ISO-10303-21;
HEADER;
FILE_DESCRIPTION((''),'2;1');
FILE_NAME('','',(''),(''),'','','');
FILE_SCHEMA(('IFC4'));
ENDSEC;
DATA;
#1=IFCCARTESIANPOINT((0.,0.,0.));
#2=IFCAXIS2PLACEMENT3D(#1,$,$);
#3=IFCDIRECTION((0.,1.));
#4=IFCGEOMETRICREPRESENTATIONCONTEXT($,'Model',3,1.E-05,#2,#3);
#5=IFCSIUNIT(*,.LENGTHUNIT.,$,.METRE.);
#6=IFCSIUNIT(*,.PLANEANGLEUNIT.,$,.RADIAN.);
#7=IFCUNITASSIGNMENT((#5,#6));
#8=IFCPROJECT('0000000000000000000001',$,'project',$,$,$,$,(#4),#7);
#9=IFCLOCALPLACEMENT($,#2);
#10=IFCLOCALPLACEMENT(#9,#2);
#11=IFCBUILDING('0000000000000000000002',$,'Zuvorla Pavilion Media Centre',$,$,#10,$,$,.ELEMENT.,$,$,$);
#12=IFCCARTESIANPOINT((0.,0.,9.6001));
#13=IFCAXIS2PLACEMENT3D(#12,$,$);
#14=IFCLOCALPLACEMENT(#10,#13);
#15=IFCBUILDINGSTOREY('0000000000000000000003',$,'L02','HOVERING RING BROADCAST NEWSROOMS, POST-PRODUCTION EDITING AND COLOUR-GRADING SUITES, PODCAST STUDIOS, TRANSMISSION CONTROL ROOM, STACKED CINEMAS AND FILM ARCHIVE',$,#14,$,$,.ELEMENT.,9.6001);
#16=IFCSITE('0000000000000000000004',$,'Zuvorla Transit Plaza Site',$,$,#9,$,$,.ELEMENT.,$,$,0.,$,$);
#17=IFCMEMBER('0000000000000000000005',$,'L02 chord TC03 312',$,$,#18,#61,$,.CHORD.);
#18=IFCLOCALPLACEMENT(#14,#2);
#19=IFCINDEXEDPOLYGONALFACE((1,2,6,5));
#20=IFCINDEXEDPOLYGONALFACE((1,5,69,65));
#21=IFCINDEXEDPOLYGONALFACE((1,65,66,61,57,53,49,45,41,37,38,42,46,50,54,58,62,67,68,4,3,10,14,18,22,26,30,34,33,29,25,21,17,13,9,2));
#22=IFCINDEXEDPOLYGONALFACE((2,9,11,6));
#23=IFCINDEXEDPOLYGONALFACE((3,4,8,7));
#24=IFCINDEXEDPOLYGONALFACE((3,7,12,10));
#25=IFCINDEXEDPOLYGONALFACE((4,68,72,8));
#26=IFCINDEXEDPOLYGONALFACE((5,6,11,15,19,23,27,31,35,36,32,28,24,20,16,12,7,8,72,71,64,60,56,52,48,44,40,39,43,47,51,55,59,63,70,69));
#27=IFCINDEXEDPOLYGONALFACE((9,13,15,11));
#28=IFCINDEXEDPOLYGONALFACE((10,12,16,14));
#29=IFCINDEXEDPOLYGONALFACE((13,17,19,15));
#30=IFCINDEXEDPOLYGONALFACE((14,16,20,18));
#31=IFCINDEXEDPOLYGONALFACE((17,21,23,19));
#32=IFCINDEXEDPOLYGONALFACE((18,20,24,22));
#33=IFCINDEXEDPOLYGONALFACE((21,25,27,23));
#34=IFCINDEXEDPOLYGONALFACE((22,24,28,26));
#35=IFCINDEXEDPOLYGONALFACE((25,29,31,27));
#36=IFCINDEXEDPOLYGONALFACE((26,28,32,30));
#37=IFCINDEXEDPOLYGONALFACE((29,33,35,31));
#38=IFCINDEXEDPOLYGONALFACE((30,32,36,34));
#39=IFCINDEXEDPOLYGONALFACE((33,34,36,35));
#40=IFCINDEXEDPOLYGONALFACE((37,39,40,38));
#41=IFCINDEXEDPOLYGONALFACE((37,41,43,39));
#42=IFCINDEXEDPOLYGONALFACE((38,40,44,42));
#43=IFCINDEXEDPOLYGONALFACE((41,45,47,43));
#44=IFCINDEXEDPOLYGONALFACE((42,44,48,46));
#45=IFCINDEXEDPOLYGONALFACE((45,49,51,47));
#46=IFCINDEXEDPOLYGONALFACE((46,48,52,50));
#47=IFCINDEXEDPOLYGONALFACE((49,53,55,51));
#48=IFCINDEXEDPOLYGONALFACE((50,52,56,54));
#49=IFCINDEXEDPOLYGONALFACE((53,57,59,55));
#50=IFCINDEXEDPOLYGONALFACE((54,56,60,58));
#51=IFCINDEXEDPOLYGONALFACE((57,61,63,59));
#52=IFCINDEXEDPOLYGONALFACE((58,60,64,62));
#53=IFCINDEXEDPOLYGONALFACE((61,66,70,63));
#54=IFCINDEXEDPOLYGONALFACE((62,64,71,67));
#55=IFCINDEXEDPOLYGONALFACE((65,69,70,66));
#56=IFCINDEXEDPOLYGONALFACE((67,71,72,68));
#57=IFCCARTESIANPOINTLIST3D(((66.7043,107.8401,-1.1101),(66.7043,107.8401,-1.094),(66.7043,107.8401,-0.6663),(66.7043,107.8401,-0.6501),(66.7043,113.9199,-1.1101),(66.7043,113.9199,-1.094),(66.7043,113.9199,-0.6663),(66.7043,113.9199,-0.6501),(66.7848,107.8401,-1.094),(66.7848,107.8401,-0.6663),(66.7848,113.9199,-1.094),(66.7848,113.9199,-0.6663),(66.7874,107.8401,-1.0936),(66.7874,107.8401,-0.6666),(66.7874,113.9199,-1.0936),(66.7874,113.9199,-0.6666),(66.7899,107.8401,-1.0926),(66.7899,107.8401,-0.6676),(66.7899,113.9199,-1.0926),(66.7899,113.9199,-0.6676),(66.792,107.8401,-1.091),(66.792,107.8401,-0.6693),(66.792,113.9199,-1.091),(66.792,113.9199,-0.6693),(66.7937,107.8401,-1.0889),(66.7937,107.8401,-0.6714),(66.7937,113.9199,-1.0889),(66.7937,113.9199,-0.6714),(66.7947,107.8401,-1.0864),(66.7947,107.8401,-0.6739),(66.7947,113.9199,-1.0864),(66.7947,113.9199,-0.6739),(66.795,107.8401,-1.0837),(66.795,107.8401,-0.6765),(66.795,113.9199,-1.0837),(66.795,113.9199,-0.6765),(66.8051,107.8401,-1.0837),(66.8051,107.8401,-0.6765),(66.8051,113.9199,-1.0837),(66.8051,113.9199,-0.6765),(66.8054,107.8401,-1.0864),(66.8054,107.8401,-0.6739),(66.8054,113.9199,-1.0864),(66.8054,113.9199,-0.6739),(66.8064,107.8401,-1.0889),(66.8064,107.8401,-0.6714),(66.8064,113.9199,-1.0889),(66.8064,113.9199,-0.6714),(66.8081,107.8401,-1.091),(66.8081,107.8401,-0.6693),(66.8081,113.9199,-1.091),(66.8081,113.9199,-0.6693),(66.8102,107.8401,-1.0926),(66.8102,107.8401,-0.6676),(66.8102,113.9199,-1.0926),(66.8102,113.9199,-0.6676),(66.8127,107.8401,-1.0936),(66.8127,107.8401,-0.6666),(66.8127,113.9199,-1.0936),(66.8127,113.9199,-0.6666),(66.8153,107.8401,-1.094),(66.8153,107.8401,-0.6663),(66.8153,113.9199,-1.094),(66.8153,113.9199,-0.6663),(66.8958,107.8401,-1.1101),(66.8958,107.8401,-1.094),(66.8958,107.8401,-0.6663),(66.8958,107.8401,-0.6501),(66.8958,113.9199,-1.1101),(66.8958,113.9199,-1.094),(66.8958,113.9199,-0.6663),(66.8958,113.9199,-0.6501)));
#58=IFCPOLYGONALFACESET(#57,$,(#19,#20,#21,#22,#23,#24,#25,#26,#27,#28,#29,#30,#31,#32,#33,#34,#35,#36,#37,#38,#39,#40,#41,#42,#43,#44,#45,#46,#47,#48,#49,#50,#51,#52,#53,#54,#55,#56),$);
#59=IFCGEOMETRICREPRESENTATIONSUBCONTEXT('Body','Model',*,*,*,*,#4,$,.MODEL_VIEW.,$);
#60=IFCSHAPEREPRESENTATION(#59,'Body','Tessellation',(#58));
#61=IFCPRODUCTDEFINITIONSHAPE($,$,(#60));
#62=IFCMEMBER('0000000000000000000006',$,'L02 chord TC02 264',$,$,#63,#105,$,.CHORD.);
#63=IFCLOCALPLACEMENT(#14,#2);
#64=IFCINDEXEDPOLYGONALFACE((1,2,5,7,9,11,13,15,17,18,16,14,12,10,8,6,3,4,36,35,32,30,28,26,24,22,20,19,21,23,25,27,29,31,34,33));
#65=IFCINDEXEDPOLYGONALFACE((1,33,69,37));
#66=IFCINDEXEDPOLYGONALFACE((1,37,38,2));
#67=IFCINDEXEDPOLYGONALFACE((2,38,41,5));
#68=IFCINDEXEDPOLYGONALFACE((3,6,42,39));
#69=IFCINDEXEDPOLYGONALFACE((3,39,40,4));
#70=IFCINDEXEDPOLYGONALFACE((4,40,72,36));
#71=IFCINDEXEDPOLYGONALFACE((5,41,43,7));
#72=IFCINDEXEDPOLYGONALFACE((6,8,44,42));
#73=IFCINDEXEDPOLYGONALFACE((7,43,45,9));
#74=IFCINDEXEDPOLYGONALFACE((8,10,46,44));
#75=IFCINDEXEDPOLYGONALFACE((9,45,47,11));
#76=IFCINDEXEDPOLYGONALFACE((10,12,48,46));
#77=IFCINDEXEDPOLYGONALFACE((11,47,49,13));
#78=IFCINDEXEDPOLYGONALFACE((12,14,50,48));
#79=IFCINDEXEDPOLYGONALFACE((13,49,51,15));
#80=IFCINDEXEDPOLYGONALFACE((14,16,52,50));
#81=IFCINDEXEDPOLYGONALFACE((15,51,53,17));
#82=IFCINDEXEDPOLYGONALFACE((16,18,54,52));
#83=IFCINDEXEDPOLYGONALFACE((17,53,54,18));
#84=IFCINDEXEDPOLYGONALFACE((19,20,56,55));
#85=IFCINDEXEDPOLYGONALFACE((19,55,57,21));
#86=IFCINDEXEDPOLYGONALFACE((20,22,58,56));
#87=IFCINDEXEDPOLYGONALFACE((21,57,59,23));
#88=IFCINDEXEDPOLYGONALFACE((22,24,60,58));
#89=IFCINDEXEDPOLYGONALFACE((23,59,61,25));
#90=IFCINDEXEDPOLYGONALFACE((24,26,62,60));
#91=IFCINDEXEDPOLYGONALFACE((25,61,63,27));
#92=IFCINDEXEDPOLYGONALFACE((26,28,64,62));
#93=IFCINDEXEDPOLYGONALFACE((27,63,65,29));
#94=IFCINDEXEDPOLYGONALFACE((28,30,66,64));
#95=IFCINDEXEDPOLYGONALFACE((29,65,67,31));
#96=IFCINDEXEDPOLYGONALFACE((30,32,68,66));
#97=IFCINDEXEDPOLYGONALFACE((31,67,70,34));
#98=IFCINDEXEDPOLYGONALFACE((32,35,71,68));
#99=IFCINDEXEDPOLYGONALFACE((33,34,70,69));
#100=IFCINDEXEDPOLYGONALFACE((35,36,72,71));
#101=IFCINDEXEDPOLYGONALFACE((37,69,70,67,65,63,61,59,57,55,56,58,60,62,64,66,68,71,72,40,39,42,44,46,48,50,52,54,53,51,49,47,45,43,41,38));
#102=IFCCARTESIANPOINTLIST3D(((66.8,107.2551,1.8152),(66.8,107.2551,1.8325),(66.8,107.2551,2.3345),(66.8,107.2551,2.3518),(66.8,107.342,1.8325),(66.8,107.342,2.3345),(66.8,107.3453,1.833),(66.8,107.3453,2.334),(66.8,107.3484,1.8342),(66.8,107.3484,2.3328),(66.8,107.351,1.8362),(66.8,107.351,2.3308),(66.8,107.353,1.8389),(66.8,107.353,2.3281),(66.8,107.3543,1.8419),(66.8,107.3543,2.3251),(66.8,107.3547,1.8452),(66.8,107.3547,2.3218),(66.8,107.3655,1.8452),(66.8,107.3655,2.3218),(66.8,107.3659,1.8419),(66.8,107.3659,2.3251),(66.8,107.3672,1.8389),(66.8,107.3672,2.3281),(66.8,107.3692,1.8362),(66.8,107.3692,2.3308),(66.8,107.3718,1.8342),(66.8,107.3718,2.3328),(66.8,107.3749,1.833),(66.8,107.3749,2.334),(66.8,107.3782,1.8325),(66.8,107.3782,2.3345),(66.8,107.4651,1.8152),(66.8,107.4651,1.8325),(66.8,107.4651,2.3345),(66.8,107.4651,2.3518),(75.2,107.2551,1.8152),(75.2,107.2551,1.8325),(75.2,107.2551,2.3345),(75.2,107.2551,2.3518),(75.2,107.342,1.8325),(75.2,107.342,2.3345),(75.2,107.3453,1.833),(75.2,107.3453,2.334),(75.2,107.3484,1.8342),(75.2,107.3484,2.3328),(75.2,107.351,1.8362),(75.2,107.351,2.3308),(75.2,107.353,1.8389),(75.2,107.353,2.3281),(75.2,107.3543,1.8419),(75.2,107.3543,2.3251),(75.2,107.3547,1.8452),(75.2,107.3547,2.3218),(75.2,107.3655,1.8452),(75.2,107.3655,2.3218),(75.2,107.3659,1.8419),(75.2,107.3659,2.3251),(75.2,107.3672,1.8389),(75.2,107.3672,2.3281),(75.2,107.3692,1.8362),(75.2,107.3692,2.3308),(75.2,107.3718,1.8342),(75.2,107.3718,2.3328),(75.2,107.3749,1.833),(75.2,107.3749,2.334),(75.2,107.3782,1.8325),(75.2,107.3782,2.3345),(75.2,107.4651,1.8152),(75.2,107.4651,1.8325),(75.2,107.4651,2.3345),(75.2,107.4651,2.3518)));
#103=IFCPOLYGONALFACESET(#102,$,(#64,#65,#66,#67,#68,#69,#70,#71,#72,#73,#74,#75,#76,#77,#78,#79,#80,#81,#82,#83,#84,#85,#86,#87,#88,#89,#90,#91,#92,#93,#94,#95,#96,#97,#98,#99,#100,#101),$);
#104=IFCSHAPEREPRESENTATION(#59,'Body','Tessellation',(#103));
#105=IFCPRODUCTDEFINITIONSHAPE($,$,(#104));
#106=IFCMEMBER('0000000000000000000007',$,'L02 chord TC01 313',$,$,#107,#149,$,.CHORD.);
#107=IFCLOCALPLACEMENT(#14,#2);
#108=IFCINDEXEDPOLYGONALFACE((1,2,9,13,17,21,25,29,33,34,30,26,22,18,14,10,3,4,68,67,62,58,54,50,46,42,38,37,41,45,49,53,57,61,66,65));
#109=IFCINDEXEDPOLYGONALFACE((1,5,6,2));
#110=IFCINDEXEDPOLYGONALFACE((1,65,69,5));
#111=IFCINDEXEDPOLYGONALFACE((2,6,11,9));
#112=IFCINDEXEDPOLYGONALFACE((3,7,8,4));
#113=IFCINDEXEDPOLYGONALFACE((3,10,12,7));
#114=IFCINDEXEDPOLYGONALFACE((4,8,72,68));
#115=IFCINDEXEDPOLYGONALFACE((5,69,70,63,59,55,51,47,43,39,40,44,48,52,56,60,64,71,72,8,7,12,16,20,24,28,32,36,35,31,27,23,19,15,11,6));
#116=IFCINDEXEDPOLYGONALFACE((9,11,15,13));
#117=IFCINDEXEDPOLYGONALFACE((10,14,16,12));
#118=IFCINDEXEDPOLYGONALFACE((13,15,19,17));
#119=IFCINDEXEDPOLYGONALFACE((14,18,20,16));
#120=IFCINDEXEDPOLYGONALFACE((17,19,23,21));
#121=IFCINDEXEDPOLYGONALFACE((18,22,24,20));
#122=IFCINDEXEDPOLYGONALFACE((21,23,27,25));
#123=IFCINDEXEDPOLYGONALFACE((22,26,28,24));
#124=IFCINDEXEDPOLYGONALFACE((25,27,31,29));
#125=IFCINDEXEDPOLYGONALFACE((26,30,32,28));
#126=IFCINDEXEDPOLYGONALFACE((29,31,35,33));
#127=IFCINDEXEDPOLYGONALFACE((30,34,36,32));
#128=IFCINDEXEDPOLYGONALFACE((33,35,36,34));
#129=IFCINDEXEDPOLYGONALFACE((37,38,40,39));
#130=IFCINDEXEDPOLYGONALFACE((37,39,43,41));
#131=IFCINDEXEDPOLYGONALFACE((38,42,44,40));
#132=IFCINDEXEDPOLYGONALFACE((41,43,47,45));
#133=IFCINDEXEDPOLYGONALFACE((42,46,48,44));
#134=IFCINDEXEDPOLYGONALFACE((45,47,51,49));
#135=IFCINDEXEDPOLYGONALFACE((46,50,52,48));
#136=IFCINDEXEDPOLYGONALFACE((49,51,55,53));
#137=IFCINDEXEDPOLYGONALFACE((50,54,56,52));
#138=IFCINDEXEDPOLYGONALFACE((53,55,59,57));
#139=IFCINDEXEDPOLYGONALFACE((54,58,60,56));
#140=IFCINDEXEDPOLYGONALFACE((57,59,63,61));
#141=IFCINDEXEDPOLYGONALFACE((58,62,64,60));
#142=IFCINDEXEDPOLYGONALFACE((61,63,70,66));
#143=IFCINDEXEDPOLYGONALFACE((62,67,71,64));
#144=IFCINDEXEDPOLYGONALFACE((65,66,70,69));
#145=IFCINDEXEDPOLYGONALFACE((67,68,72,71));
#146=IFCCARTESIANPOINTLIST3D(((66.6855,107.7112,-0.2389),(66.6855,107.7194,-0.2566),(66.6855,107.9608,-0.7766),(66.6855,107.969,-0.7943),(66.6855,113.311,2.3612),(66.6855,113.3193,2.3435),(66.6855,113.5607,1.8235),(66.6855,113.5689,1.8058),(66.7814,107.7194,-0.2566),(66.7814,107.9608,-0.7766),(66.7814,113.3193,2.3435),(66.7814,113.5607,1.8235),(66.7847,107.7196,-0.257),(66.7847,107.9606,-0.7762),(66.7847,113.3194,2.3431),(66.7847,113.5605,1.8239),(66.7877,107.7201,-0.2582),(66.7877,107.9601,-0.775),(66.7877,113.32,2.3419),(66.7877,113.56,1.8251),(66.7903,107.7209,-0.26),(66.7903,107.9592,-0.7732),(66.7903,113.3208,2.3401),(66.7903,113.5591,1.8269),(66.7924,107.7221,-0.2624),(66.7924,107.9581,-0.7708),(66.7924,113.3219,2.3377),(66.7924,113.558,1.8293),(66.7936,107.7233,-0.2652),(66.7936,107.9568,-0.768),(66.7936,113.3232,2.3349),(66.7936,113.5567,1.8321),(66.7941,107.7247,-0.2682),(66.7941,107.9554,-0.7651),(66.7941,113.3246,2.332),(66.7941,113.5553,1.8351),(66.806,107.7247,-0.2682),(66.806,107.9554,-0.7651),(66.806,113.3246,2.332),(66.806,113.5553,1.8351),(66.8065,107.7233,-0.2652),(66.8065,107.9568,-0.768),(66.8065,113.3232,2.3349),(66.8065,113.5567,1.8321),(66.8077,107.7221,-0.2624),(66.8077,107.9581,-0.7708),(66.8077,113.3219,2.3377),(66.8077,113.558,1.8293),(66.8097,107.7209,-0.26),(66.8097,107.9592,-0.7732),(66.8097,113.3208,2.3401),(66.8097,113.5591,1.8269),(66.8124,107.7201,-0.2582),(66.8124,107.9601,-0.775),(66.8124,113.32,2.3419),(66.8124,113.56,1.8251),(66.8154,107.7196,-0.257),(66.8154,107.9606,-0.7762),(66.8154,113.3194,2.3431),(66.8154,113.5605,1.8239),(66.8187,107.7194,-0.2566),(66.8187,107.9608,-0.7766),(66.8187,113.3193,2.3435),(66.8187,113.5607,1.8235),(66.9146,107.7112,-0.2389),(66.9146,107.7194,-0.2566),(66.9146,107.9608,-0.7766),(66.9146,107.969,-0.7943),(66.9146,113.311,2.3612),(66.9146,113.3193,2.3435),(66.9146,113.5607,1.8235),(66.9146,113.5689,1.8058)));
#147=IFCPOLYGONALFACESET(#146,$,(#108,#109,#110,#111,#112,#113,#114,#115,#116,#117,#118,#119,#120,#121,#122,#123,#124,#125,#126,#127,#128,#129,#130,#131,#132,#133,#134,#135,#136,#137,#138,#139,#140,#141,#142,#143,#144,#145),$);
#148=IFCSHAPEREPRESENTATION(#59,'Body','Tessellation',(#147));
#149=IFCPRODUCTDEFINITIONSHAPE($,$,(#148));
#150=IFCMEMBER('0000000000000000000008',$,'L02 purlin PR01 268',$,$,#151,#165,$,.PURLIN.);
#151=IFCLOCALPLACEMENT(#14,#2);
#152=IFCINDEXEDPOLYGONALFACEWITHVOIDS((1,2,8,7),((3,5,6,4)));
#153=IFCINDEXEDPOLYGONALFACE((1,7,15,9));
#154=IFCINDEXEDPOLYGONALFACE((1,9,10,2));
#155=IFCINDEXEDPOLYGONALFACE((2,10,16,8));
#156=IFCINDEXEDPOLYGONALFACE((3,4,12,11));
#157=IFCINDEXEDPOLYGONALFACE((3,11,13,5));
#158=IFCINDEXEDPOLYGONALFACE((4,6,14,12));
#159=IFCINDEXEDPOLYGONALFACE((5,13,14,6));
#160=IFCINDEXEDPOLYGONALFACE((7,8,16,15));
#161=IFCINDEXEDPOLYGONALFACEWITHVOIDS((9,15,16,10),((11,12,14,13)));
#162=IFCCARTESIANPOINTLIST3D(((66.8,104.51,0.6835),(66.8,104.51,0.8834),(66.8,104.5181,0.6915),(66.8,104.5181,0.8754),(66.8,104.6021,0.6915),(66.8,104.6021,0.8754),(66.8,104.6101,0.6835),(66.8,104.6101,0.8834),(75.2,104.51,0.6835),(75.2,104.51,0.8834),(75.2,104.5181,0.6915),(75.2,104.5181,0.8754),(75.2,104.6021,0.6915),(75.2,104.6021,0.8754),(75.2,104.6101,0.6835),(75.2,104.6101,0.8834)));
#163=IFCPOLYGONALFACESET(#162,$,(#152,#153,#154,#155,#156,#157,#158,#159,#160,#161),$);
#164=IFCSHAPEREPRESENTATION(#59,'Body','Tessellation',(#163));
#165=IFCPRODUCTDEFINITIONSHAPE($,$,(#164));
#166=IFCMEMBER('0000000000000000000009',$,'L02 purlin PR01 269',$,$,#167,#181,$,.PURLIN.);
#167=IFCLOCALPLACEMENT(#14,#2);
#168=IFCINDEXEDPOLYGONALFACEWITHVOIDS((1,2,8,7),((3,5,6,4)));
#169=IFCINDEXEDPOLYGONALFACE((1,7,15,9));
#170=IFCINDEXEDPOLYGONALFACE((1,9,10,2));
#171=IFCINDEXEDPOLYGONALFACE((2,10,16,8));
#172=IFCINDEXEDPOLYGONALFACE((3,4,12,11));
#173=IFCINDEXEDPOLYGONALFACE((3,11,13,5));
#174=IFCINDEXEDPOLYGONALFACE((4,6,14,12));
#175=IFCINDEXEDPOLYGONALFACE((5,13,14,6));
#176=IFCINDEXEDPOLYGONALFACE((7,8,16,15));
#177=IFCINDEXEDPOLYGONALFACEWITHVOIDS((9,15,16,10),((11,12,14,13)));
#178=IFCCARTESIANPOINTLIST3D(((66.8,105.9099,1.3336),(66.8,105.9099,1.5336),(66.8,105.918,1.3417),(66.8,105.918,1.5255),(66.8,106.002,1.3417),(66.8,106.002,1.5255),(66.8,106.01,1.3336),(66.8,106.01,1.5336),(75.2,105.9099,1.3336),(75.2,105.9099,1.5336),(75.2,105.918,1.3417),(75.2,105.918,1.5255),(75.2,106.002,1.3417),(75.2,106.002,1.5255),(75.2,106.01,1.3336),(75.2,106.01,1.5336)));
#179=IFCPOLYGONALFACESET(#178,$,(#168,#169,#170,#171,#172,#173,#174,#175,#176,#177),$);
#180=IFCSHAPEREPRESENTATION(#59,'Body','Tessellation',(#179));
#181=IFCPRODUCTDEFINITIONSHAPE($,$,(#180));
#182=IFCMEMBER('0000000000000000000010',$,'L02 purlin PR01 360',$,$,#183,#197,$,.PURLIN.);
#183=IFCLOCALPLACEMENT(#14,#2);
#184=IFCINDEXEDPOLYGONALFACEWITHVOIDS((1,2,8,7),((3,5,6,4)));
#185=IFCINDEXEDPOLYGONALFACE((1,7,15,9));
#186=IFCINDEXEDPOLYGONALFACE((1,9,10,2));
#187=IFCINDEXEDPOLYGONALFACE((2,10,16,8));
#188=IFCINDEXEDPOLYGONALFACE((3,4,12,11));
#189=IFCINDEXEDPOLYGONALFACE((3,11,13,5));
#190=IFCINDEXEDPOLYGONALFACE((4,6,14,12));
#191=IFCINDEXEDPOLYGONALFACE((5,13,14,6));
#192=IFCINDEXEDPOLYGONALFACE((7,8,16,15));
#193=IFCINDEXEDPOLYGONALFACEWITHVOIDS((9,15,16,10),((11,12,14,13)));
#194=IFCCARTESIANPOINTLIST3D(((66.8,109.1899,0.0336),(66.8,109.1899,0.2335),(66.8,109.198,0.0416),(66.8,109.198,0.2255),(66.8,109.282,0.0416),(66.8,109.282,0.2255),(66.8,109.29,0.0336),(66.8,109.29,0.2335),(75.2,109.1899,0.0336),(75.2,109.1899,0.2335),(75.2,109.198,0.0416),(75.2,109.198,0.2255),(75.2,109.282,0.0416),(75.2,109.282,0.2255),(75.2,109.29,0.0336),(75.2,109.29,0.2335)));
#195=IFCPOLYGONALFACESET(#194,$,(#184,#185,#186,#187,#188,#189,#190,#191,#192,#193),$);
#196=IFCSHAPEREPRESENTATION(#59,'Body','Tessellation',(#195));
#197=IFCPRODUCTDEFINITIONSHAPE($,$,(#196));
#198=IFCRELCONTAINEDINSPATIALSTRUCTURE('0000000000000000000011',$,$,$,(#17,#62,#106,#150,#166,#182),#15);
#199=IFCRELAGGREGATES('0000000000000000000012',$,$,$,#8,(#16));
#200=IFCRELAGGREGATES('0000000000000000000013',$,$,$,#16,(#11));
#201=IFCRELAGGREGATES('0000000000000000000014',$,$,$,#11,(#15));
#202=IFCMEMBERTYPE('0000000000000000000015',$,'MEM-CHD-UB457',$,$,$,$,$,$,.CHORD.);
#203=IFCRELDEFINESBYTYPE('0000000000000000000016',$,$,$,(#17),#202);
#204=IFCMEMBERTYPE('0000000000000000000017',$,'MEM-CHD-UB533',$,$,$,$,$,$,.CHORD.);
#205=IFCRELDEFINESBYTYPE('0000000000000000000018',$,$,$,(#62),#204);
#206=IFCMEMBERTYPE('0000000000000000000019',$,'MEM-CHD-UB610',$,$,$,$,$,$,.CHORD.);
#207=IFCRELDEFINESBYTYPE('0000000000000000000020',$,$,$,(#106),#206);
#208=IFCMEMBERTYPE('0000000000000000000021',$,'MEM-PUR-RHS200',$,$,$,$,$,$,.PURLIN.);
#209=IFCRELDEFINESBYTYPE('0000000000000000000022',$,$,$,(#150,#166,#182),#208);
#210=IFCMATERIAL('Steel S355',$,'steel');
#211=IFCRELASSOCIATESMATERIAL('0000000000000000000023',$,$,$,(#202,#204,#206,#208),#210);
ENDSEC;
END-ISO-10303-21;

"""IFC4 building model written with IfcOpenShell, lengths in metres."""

from ifc_helpers import new_model, si_unit, direction, frame, origin, origin_2d, place, context, subcontext, project, spatial, hollow_rectangle, i_section, extrude, material, material_profile, profile_set, type_object, element, save


model = new_model("IFC4")

# Units and contexts
model_context = context("Model", 3, precision=1e-05, world=origin(), true_north=direction((0.0, 1.0)))
body_context = subcontext(model_context, "Body", "Model", "MODEL_VIEW")
ifc_project = project(units=[si_unit("LENGTHUNIT", "METRE"), si_unit("PLANEANGLEUNIT", "RADIAN")], contexts=[model_context])

# Site, building, storey
site_placement = place(None, origin())
site = spatial("IfcSite", under=ifc_project, at=site_placement, Name="Zuvorla Transit Plaza Site", CompositionType="ELEMENT", RefElevation=0.0)
building_placement = place(site_placement, origin())
building = spatial("IfcBuilding", under=site, at=building_placement, Name="Zuvorla Pavilion Media Centre", CompositionType="ELEMENT")
storey_placement = place(building_placement, frame((0.0, 0.0, 9.6001)))
storey = spatial("IfcBuildingStorey", under=building, at=storey_placement, Name="L02", Description="HOVERING RING BROADCAST NEWSROOMS, POST-PRODUCTION EDITING AND COLOUR-GRADING SUITES, PODCAST STUDIOS, TRANSMISSION CONTROL ROOM, STACKED CINEMAS AND FILM ARCHIVE", CompositionType="ELEMENT", Elevation=9.6001)

# Shared definitions
ifc_material_1 = material(Name="Steel S355", Category="steel")

# Members
ifc_material_profile_1 = material_profile(ifc_material_1, i_section(OverallWidth=0.1914, OverallDepth=0.46, WebThickness=0.01, FlangeThickness=0.0161, FilletRadius=0.0103, at=origin_2d()), Name="UB 457x191x82")
ifc_profile_set_1 = profile_set([ifc_material_profile_1], Name="Steel S355")
member_type_1 = type_object("IfcMemberType", Name="MEM-CHD-UB457", PredefinedType="CHORD", material=ifc_profile_set_1)
member_1_placement = place(storey_placement, frame((66.8, 107.8401, -0.8801), z_axis=(0.0, 1.0, 0.0), x_axis=(-1.0, 0.0, 0.0)))
element("IfcMember", 1, at=member_1_placement, inside=storey, type_object=member_type_1, Name="L02 chord TC03 312", PredefinedType="CHORD", context=body_context, shape_type="SweptSolid", body=[
    extrude(i_section(OverallWidth=0.1914, OverallDepth=0.46, WebThickness=0.01, FlangeThickness=0.0161, FilletRadius=0.0103, at=origin_2d()), origin(), (0.0, 0.0, 1.0), 6.0798),
])
ifc_material_profile_2 = material_profile(ifc_material_1, i_section(OverallWidth=0.21, OverallDepth=0.5366, WebThickness=0.0107, FlangeThickness=0.0173, FilletRadius=0.0127, at=origin_2d()), Name="UB 533x210x101")
ifc_profile_set_2 = profile_set([ifc_material_profile_2], Name="Steel S355")
member_type_2 = type_object("IfcMemberType", Name="MEM-CHD-UB533", PredefinedType="CHORD", material=ifc_profile_set_2)
member_2_placement = place(storey_placement, frame((66.8, 107.3601, 2.0835), z_axis=(1.0, 0.0, 0.0), x_axis=(0.0, 1.0, 0.0)))
element("IfcMember", 2, at=member_2_placement, inside=storey, type_object=member_type_2, Name="L02 chord TC02 264", PredefinedType="CHORD", context=body_context, shape_type="SweptSolid", body=[
    extrude(i_section(OverallWidth=0.21, OverallDepth=0.5366, WebThickness=0.0107, FlangeThickness=0.0173, FilletRadius=0.0127, at=origin_2d()), origin(), (0.0, 0.0, 1.0), 8.3999),
])
ifc_material_profile_3 = material_profile(ifc_material_1, i_section(OverallWidth=0.229, OverallDepth=0.6123, WebThickness=0.012, FlangeThickness=0.0195, FilletRadius=0.0127, at=origin_2d()), Name="UB 610x229x125")
ifc_profile_set_3 = profile_set([ifc_material_profile_3], Name="Steel S355")
member_type_3 = type_object("IfcMemberType", Name="MEM-CHD-UB610", PredefinedType="CHORD", material=ifc_profile_set_3)
member_3_placement = place(storey_placement, frame((66.8, 107.8401, -0.5166), z_axis=(0.0, 0.906999, 0.421133), x_axis=(-1.0, 0.0, 0.0)))
element("IfcMember", 3, at=member_3_placement, inside=storey, type_object=member_type_3, Name="L02 chord TC01 313", PredefinedType="CHORD", context=body_context, shape_type="SweptSolid", body=[
    extrude(i_section(OverallWidth=0.229, OverallDepth=0.6123, WebThickness=0.012, FlangeThickness=0.0195, FilletRadius=0.0127, at=origin_2d()), origin(), (0.0, 0.0, 1.0), 6.1741),
])
ifc_material_profile_4 = material_profile(ifc_material_1, hollow_rectangle(XDim=0.1001, YDim=0.2, WallThickness=0.0081, at=origin_2d()), Name="RHS 200x100x8")
ifc_profile_set_4 = profile_set([ifc_material_profile_4], Name="Steel S355")
member_type_4 = type_object("IfcMemberType", Name="MEM-PUR-RHS200", PredefinedType="PURLIN", material=ifc_profile_set_4)
for number, where, z_axis, x_axis, name in (
    (4, (66.8, 104.5601, 0.7834), (1.0, 0.0, 0.0), (0.0, 1.0, 0.0), "L02 purlin PR01 268"),
    (5, (66.8, 105.96, 1.4336), (1.0, 0.0, 0.0), (0.0, 1.0, 0.0), "L02 purlin PR01 269"),
    (6, (66.8, 109.24, 0.1335), (1.0, 0.0, 0.0), (0.0, 1.0, 0.0), "L02 purlin PR01 360"),
):
    element("IfcMember", number, at=place(storey_placement, frame(where, z_axis=z_axis, x_axis=x_axis)), inside=storey, type_object=member_type_4, Name=name, PredefinedType="PURLIN", context=body_context, shape_type="SweptSolid", body=[
        extrude(hollow_rectangle(XDim=0.1001, YDim=0.2, WallThickness=0.0081, at=origin_2d()), origin(), (0.0, 0.0, 1.0), 8.3999),
    ])

save(model, "model.ifc")
